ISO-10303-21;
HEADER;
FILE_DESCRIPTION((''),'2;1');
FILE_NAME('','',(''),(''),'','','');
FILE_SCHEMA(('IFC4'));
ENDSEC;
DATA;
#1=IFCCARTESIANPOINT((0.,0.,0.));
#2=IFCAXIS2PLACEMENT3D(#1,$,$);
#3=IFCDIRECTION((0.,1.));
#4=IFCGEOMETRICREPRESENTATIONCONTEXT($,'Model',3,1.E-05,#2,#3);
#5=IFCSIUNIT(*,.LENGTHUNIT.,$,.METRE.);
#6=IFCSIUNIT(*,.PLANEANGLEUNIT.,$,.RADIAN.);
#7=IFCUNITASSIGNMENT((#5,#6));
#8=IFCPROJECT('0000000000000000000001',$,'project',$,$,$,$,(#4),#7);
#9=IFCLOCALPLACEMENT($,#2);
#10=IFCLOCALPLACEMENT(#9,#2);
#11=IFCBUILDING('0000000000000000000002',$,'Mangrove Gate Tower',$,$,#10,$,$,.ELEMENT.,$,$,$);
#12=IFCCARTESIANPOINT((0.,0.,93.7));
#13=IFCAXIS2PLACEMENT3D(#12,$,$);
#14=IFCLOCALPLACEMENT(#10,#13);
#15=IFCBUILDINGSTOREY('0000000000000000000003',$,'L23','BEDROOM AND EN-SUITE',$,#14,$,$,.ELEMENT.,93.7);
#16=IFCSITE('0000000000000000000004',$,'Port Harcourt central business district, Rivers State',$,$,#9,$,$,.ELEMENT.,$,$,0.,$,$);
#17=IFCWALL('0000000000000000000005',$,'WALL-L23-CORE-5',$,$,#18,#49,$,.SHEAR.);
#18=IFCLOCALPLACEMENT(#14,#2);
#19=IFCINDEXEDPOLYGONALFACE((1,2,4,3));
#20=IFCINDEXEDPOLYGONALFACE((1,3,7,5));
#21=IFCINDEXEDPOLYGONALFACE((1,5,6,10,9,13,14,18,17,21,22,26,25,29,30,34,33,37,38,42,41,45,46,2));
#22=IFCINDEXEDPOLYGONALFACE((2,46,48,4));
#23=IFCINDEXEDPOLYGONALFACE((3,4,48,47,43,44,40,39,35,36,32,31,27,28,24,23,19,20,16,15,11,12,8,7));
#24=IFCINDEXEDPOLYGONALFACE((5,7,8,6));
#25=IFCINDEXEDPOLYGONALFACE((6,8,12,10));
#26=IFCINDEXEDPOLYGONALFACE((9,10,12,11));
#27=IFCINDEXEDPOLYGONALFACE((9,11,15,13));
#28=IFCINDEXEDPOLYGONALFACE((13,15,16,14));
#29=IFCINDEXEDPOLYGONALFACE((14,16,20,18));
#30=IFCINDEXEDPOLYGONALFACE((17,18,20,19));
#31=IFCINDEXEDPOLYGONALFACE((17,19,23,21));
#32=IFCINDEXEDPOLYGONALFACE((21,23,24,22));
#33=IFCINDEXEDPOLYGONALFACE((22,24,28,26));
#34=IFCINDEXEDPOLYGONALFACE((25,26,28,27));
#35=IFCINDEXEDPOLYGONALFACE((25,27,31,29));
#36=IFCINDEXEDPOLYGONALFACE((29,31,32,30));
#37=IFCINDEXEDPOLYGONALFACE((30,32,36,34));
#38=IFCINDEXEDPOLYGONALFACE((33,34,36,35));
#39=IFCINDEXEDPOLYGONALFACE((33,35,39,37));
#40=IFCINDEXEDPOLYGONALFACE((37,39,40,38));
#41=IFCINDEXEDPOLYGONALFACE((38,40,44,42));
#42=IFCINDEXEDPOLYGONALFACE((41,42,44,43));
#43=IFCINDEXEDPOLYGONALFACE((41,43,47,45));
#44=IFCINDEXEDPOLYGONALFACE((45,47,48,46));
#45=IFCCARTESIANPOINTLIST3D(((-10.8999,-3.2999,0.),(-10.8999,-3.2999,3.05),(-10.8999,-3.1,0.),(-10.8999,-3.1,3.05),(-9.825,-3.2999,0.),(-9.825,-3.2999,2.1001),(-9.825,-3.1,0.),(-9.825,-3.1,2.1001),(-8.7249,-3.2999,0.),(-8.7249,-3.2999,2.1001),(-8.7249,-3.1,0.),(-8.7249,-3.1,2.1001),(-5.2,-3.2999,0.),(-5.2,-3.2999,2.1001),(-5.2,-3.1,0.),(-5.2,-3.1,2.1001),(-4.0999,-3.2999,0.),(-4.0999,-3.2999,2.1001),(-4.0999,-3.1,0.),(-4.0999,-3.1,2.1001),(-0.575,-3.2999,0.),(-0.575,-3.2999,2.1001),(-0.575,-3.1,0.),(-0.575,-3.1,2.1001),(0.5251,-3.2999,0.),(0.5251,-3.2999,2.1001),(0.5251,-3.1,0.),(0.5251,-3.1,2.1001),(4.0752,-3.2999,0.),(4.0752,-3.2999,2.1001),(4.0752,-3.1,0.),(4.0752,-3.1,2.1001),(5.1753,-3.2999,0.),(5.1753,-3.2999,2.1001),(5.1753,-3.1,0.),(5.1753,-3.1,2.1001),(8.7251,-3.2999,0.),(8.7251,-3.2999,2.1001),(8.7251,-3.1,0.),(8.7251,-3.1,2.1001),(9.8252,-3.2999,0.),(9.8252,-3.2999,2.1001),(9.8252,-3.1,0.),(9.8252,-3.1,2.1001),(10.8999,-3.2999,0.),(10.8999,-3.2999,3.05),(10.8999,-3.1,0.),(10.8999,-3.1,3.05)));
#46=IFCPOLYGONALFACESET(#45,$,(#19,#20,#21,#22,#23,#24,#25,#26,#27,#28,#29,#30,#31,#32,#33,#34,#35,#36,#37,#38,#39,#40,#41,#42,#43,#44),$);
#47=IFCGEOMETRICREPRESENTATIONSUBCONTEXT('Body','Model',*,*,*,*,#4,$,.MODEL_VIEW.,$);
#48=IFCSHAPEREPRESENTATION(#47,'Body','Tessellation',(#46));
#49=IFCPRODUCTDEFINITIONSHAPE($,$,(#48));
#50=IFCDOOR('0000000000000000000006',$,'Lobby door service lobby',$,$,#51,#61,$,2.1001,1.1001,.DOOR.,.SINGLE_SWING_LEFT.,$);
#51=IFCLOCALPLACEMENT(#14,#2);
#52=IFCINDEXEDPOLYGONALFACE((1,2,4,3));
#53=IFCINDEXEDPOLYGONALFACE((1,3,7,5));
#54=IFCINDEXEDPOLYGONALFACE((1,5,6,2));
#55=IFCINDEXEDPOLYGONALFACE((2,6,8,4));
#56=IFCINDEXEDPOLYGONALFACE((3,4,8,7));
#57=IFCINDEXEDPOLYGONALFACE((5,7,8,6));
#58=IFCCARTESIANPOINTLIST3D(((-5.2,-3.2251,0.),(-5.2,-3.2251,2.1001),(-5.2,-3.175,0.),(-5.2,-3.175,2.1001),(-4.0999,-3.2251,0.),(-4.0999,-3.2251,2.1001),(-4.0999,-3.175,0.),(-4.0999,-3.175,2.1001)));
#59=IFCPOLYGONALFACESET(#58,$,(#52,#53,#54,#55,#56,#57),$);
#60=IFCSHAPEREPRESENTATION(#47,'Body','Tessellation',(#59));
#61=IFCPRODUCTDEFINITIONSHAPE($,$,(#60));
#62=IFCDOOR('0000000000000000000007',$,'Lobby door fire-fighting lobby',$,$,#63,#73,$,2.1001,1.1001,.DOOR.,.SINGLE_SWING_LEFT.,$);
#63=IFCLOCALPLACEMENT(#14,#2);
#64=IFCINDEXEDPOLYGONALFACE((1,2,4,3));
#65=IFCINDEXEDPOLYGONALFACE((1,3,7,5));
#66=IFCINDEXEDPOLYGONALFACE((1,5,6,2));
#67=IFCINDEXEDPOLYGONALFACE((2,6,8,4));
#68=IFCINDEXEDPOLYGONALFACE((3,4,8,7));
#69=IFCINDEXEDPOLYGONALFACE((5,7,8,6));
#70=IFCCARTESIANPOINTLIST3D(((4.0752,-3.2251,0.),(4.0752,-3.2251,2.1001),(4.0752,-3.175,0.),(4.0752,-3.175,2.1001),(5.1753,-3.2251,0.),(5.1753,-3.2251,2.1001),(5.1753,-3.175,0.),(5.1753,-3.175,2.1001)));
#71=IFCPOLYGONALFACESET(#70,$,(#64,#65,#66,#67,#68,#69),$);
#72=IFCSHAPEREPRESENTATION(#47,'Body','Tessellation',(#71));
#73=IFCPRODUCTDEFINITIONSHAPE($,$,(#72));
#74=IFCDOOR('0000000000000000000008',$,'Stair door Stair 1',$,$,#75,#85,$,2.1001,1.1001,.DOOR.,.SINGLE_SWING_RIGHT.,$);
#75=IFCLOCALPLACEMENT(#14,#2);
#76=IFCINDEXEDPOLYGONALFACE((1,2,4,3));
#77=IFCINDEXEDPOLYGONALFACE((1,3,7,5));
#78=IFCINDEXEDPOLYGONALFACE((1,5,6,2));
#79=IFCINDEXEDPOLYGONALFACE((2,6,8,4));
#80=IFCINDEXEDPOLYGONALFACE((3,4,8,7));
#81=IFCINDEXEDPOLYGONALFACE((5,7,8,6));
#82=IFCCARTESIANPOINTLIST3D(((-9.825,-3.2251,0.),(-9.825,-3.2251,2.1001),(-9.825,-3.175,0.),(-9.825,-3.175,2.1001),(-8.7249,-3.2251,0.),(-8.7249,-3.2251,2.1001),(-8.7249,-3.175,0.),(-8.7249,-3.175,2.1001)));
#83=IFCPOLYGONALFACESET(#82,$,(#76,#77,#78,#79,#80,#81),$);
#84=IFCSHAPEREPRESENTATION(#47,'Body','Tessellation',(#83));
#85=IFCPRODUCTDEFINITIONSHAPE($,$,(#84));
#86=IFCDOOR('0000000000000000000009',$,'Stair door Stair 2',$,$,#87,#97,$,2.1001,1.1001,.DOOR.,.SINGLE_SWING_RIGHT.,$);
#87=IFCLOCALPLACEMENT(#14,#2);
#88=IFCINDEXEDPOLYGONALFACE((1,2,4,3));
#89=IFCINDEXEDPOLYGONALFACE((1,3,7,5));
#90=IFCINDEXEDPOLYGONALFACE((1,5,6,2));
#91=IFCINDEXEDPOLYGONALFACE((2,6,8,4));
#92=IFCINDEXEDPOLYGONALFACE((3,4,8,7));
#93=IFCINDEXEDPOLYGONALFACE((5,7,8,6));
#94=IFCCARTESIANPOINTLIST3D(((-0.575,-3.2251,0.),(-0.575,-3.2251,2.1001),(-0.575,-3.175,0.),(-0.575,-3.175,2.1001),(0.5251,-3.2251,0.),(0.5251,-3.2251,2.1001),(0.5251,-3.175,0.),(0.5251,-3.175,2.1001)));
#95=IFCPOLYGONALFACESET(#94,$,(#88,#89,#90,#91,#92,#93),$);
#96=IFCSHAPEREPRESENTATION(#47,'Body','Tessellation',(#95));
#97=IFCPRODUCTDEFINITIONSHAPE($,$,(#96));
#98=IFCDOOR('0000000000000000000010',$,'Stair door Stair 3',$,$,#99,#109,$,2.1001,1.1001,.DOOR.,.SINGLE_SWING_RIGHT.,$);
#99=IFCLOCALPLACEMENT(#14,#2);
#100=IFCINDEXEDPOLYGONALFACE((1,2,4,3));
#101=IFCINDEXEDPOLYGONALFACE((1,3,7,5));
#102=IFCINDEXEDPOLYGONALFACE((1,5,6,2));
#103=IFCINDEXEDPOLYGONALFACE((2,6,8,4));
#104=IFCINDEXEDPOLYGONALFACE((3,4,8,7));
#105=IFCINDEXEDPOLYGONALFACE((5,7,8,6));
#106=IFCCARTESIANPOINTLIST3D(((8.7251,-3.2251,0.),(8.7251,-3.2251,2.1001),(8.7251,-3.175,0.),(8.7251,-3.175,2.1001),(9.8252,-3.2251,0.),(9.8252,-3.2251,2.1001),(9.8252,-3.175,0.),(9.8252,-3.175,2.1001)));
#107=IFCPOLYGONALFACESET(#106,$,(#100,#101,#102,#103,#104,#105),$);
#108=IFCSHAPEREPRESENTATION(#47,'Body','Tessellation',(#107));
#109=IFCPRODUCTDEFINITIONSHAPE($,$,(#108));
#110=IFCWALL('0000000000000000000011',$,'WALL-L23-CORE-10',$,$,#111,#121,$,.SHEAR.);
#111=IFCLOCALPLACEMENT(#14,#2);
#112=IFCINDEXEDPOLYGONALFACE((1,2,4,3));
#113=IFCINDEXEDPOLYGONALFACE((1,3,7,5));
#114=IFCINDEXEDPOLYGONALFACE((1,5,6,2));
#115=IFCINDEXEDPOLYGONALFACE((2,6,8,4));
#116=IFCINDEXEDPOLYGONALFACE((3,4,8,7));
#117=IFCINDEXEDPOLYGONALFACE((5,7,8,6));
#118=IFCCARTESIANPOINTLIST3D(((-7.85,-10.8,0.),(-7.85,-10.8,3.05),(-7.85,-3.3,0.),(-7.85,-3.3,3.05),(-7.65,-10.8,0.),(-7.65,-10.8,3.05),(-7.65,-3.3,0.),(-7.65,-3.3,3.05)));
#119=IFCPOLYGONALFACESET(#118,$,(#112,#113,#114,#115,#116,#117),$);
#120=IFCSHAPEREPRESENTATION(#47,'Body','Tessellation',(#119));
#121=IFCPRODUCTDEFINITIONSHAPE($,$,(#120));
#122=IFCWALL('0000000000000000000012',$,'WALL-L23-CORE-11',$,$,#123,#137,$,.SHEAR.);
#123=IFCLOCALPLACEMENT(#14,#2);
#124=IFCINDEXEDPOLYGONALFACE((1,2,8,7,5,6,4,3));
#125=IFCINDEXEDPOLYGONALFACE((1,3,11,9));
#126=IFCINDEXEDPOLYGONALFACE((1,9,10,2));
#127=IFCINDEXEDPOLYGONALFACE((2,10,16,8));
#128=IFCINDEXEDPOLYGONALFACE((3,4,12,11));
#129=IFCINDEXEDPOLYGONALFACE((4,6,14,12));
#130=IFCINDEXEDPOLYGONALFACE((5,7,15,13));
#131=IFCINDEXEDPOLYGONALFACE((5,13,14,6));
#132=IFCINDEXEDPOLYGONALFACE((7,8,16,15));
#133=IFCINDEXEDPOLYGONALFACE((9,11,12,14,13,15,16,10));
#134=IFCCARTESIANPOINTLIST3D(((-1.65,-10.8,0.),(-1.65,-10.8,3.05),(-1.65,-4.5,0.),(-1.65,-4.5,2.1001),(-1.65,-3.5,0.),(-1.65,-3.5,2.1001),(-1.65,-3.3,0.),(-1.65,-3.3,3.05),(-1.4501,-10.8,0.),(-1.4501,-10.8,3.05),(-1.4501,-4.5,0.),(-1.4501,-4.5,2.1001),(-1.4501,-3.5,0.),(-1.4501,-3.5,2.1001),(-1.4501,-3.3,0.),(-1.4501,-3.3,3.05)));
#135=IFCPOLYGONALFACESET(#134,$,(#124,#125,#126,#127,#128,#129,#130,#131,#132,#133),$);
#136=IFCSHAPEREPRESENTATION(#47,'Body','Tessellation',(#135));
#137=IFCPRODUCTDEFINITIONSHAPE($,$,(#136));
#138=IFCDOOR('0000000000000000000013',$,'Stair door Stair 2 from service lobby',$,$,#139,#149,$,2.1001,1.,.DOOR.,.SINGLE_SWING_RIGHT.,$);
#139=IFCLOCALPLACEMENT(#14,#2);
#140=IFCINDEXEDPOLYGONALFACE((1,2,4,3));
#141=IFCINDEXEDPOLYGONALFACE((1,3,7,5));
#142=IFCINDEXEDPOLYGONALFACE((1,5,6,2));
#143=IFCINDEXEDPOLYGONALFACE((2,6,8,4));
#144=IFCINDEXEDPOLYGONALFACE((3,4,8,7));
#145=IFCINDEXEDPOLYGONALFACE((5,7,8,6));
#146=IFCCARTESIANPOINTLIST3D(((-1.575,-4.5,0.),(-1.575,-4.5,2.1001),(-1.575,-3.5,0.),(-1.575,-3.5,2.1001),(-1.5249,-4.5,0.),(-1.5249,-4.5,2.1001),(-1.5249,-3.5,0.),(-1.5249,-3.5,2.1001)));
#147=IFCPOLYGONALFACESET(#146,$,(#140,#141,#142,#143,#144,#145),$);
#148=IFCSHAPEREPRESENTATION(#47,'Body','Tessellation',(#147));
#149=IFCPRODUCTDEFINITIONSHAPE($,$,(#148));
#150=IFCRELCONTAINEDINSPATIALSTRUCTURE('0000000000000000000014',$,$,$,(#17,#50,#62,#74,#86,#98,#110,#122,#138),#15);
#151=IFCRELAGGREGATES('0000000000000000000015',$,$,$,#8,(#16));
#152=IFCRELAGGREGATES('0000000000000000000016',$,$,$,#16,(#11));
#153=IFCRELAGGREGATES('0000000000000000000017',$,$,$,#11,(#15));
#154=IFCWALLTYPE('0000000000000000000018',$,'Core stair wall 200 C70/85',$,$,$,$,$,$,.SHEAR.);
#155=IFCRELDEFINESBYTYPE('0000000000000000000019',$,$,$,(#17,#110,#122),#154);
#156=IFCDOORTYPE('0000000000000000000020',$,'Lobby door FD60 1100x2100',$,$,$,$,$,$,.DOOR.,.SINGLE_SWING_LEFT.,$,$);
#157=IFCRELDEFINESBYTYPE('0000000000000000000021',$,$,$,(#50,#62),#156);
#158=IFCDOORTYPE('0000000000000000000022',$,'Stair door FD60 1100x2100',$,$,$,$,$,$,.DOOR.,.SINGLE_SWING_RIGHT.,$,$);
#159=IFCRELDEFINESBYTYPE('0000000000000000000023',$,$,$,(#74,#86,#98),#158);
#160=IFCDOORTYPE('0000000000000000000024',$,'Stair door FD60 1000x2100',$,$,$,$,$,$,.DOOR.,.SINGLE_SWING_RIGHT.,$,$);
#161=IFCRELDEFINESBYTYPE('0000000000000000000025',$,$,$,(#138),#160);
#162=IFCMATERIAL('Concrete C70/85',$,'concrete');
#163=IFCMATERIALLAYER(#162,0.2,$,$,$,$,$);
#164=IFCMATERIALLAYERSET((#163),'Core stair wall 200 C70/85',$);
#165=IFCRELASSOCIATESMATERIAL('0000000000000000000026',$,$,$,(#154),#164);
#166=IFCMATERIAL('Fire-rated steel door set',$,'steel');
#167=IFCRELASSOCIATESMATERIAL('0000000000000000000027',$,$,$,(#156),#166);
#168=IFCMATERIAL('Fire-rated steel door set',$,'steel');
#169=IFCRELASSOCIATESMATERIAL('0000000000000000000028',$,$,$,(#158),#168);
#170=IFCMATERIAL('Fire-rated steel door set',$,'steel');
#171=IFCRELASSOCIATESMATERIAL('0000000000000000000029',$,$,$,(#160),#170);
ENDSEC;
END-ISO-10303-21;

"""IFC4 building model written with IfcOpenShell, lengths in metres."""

from ifc_helpers import new_model, si_unit, direction, frame, frame_2d, origin, place, context, subcontext, project, spatial, rectangle, extrude, material, layer, layer_set, type_object, element, fill, save


model = new_model("IFC4")

# Units and contexts
model_context = context("Model", 3, precision=1e-05, world=origin(), true_north=direction((0.0, 1.0)))
body_context = subcontext(model_context, "Body", "Model", "MODEL_VIEW")
ifc_project = project(units=[si_unit("LENGTHUNIT", "METRE"), si_unit("PLANEANGLEUNIT", "RADIAN")], contexts=[model_context])

# Site, building, storey
site_placement = place(None, origin())
site = spatial("IfcSite", under=ifc_project, at=site_placement, Name="Port Harcourt central business district, Rivers State", CompositionType="ELEMENT", RefElevation=0.0)
building_placement = place(site_placement, origin())
building = spatial("IfcBuilding", under=site, at=building_placement, Name="Mangrove Gate Tower", CompositionType="ELEMENT")
storey_placement = place(building_placement, frame((0.0, 0.0, 93.7)))
storey = spatial("IfcBuildingStorey", under=building, at=storey_placement, Name="L23", Description="BEDROOM AND EN-SUITE", CompositionType="ELEMENT", Elevation=93.7)

# Wall, openings, doors
ifc_material_1 = material(Name="Concrete C70/85", Category="concrete")
ifc_layer_1 = layer(ifc_material_1, 0.2)
ifc_layer_set_1 = layer_set([ifc_layer_1], Name="Core stair wall 200 C70/85")
wall_type_1 = type_object("IfcWallType", Name="Core stair wall 200 C70/85", PredefinedType="SHEAR", material=ifc_layer_set_1)
wall_1_placement = place(storey_placement, frame((-10.8999, -3.2, 0.0), z_axis=(0.0, 0.0, 1.0), x_axis=(1.0, 0.0, 0.0)))
wall_1 = element("IfcWall", 1, at=wall_1_placement, inside=storey, type_object=wall_type_1, Name="WALL-L23-CORE-5", PredefinedType="SHEAR", context=body_context, shape_type="SweptSolid", body=[
    extrude(rectangle(XDim=21.7998, YDim=0.2, at=frame_2d((10.8999, 0.0))), origin(), (0.0, 0.0, 1.0), 3.05),
])
opening_1_placement = place(wall_1_placement, frame((1.075, 0.0, 0.0)))
opening_1 = element("IfcOpeningElement", 2, at=opening_1_placement, cuts=wall_1, PredefinedType="OPENING", context=body_context, shape_type="SweptSolid", body=[
    extrude(rectangle(XDim=1.1001, YDim=2.1001, at=frame_2d((0.55, 1.05))), frame((0.0, 0.1099, 0.0), z_axis=(0.0, -1.0, 0.0), x_axis=(1.0, 0.0, 0.0)), (0.0, 0.0, 1.0), 0.22),
])
opening_2_placement = place(wall_1_placement, frame((10.325, 0.0, 0.0)))
opening_2 = element("IfcOpeningElement", 3, at=opening_2_placement, cuts=wall_1, PredefinedType="OPENING", context=body_context, shape_type="SweptSolid", body=[
    extrude(rectangle(XDim=1.1001, YDim=2.1001, at=frame_2d((0.55, 1.05))), frame((0.0, 0.1099, 0.0), z_axis=(0.0, -1.0, 0.0), x_axis=(1.0, 0.0, 0.0)), (0.0, 0.0, 1.0), 0.22),
])
opening_3_placement = place(wall_1_placement, frame((19.625, 0.0, 0.0)))
opening_3 = element("IfcOpeningElement", 4, at=opening_3_placement, cuts=wall_1, PredefinedType="OPENING", context=body_context, shape_type="SweptSolid", body=[
    extrude(rectangle(XDim=1.1001, YDim=2.1001, at=frame_2d((0.55, 1.05))), frame((0.0, 0.1099, 0.0), z_axis=(0.0, -1.0, 0.0), x_axis=(1.0, 0.0, 0.0)), (0.0, 0.0, 1.0), 0.22),
])
opening_4_placement = place(wall_1_placement, frame((5.7, 0.0, 0.0)))
opening_4 = element("IfcOpeningElement", 5, at=opening_4_placement, cuts=wall_1, PredefinedType="OPENING", context=body_context, shape_type="SweptSolid", body=[
    extrude(rectangle(XDim=1.1001, YDim=2.1001, at=frame_2d((0.55, 1.05))), frame((0.0, 0.1099, 0.0), z_axis=(0.0, -1.0, 0.0), x_axis=(1.0, 0.0, 0.0)), (0.0, 0.0, 1.0), 0.22),
])
opening_5_placement = place(wall_1_placement, frame((14.9751, 0.0, 0.0)))
opening_5 = element("IfcOpeningElement", 6, at=opening_5_placement, cuts=wall_1, PredefinedType="OPENING", context=body_context, shape_type="SweptSolid", body=[
    extrude(rectangle(XDim=1.1001, YDim=2.1001, at=frame_2d((0.55, 1.05))), frame((0.0, 0.1099, 0.0), z_axis=(0.0, -1.0, 0.0), x_axis=(1.0, 0.0, 0.0)), (0.0, 0.0, 1.0), 0.22),
])
ifc_material_2 = material(Name="Fire-rated steel door set", Category="steel")
door_type_1 = type_object("IfcDoorType", Name="Lobby door FD60 1100x2100", OperationType="SINGLE_SWING_LEFT", PredefinedType="DOOR", material=ifc_material_2)
door_1_placement = place(opening_4_placement, origin())
door_1 = element("IfcDoor", 7, at=door_1_placement, inside=storey, type_object=door_type_1, Name="Lobby door service lobby", OperationType="SINGLE_SWING_LEFT", OverallHeight=2.1001, OverallWidth=1.1001, PredefinedType="DOOR", context=body_context, shape_type="SweptSolid", body=[
    extrude(rectangle(XDim=1.1001, YDim=2.1001, at=frame_2d((0.55, 1.05))), frame((0.0, 0.0249, 0.0), z_axis=(0.0, -1.0, 0.0), x_axis=(1.0, 0.0, 0.0)), (0.0, 0.0, 1.0), 0.05),
])
fill(opening_4, door_1)
door_2_placement = place(opening_5_placement, origin())
door_2 = element("IfcDoor", 8, at=door_2_placement, inside=storey, type_object=door_type_1, Name="Lobby door fire-fighting lobby", OperationType="SINGLE_SWING_LEFT", OverallHeight=2.1001, OverallWidth=1.1001, PredefinedType="DOOR", context=body_context, shape_type="SweptSolid", body=[
    extrude(rectangle(XDim=1.1001, YDim=2.1001, at=frame_2d((0.55, 1.05))), frame((0.0, 0.0249, 0.0), z_axis=(0.0, -1.0, 0.0), x_axis=(1.0, 0.0, 0.0)), (0.0, 0.0, 1.0), 0.05),
])
fill(opening_5, door_2)
ifc_material_3 = material(Name="Fire-rated steel door set", Category="steel")
door_type_2 = type_object("IfcDoorType", Name="Stair door FD60 1100x2100", OperationType="SINGLE_SWING_RIGHT", PredefinedType="DOOR", material=ifc_material_3)
door_3_placement = place(opening_1_placement, origin())
door_3 = element("IfcDoor", 9, at=door_3_placement, inside=storey, type_object=door_type_2, Name="Stair door Stair 1", OperationType="SINGLE_SWING_RIGHT", OverallHeight=2.1001, OverallWidth=1.1001, PredefinedType="DOOR", context=body_context, shape_type="SweptSolid", body=[
    extrude(rectangle(XDim=1.1001, YDim=2.1001, at=frame_2d((0.55, 1.05))), frame((0.0, 0.0249, 0.0), z_axis=(0.0, -1.0, 0.0), x_axis=(1.0, 0.0, 0.0)), (0.0, 0.0, 1.0), 0.05),
])
fill(opening_1, door_3)
door_4_placement = place(opening_2_placement, origin())
door_4 = element("IfcDoor", 10, at=door_4_placement, inside=storey, type_object=door_type_2, Name="Stair door Stair 2", OperationType="SINGLE_SWING_RIGHT", OverallHeight=2.1001, OverallWidth=1.1001, PredefinedType="DOOR", context=body_context, shape_type="SweptSolid", body=[
    extrude(rectangle(XDim=1.1001, YDim=2.1001, at=frame_2d((0.55, 1.05))), frame((0.0, 0.0249, 0.0), z_axis=(0.0, -1.0, 0.0), x_axis=(1.0, 0.0, 0.0)), (0.0, 0.0, 1.0), 0.05),
])
fill(opening_2, door_4)
door_5_placement = place(opening_3_placement, origin())
door_5 = element("IfcDoor", 11, at=door_5_placement, inside=storey, type_object=door_type_2, Name="Stair door Stair 3", OperationType="SINGLE_SWING_RIGHT", OverallHeight=2.1001, OverallWidth=1.1001, PredefinedType="DOOR", context=body_context, shape_type="SweptSolid", body=[
    extrude(rectangle(XDim=1.1001, YDim=2.1001, at=frame_2d((0.55, 1.05))), frame((0.0, 0.0249, 0.0), z_axis=(0.0, -1.0, 0.0), x_axis=(1.0, 0.0, 0.0)), (0.0, 0.0, 1.0), 0.05),
])
fill(opening_3, door_5)

# Wall
wall_2_placement = place(storey_placement, frame((-7.75, -10.8, 0.0), z_axis=(0.0, 0.0, 1.0), x_axis=(0.0, 1.0, 0.0)))
element("IfcWall", 12, at=wall_2_placement, inside=storey, type_object=wall_type_1, Name="WALL-L23-CORE-10", PredefinedType="SHEAR", context=body_context, shape_type="SweptSolid", body=[
    extrude(rectangle(XDim=7.5, YDim=0.2, at=frame_2d((3.75, 0.0))), origin(), (0.0, 0.0, 1.0), 3.05),
])

# Wall, opening, door
wall_3_placement = place(storey_placement, frame((-1.55, -10.8, 0.0), z_axis=(0.0, 0.0, 1.0), x_axis=(0.0, 1.0, 0.0)))
wall_3 = element("IfcWall", 13, at=wall_3_placement, inside=storey, type_object=wall_type_1, Name="WALL-L23-CORE-11", PredefinedType="SHEAR", context=body_context, shape_type="SweptSolid", body=[
    extrude(rectangle(XDim=7.5, YDim=0.2, at=frame_2d((3.75, 0.0))), origin(), (0.0, 0.0, 1.0), 3.05),
])
opening_6_placement = place(wall_3_placement, frame((6.3, 0.0, 0.0)))
opening_6 = element("IfcOpeningElement", 14, at=opening_6_placement, cuts=wall_3, PredefinedType="OPENING", context=body_context, shape_type="SweptSolid", body=[
    extrude(rectangle(XDim=1.0, YDim=2.1001, at=frame_2d((0.5, 1.05))), frame((0.0, 0.1099, 0.0), z_axis=(0.0, -1.0, 0.0), x_axis=(1.0, 0.0, 0.0)), (0.0, 0.0, 1.0), 0.22),
])
ifc_material_4 = material(Name="Fire-rated steel door set", Category="steel")
door_type_3 = type_object("IfcDoorType", Name="Stair door FD60 1000x2100", OperationType="SINGLE_SWING_RIGHT", PredefinedType="DOOR", material=ifc_material_4)
door_6_placement = place(opening_6_placement, origin())
door_6 = element("IfcDoor", 15, at=door_6_placement, inside=storey, type_object=door_type_3, Name="Stair door Stair 2 from service lobby", OperationType="SINGLE_SWING_RIGHT", OverallHeight=2.1001, OverallWidth=1.0, PredefinedType="DOOR", context=body_context, shape_type="SweptSolid", body=[
    extrude(rectangle(XDim=1.0, YDim=2.1001, at=frame_2d((0.5, 1.05))), frame((0.0, 0.0249, 0.0), z_axis=(0.0, -1.0, 0.0), x_axis=(1.0, 0.0, 0.0)), (0.0, 0.0, 1.0), 0.05),
])
fill(opening_6, door_6)

save(model, "model.ifc")
